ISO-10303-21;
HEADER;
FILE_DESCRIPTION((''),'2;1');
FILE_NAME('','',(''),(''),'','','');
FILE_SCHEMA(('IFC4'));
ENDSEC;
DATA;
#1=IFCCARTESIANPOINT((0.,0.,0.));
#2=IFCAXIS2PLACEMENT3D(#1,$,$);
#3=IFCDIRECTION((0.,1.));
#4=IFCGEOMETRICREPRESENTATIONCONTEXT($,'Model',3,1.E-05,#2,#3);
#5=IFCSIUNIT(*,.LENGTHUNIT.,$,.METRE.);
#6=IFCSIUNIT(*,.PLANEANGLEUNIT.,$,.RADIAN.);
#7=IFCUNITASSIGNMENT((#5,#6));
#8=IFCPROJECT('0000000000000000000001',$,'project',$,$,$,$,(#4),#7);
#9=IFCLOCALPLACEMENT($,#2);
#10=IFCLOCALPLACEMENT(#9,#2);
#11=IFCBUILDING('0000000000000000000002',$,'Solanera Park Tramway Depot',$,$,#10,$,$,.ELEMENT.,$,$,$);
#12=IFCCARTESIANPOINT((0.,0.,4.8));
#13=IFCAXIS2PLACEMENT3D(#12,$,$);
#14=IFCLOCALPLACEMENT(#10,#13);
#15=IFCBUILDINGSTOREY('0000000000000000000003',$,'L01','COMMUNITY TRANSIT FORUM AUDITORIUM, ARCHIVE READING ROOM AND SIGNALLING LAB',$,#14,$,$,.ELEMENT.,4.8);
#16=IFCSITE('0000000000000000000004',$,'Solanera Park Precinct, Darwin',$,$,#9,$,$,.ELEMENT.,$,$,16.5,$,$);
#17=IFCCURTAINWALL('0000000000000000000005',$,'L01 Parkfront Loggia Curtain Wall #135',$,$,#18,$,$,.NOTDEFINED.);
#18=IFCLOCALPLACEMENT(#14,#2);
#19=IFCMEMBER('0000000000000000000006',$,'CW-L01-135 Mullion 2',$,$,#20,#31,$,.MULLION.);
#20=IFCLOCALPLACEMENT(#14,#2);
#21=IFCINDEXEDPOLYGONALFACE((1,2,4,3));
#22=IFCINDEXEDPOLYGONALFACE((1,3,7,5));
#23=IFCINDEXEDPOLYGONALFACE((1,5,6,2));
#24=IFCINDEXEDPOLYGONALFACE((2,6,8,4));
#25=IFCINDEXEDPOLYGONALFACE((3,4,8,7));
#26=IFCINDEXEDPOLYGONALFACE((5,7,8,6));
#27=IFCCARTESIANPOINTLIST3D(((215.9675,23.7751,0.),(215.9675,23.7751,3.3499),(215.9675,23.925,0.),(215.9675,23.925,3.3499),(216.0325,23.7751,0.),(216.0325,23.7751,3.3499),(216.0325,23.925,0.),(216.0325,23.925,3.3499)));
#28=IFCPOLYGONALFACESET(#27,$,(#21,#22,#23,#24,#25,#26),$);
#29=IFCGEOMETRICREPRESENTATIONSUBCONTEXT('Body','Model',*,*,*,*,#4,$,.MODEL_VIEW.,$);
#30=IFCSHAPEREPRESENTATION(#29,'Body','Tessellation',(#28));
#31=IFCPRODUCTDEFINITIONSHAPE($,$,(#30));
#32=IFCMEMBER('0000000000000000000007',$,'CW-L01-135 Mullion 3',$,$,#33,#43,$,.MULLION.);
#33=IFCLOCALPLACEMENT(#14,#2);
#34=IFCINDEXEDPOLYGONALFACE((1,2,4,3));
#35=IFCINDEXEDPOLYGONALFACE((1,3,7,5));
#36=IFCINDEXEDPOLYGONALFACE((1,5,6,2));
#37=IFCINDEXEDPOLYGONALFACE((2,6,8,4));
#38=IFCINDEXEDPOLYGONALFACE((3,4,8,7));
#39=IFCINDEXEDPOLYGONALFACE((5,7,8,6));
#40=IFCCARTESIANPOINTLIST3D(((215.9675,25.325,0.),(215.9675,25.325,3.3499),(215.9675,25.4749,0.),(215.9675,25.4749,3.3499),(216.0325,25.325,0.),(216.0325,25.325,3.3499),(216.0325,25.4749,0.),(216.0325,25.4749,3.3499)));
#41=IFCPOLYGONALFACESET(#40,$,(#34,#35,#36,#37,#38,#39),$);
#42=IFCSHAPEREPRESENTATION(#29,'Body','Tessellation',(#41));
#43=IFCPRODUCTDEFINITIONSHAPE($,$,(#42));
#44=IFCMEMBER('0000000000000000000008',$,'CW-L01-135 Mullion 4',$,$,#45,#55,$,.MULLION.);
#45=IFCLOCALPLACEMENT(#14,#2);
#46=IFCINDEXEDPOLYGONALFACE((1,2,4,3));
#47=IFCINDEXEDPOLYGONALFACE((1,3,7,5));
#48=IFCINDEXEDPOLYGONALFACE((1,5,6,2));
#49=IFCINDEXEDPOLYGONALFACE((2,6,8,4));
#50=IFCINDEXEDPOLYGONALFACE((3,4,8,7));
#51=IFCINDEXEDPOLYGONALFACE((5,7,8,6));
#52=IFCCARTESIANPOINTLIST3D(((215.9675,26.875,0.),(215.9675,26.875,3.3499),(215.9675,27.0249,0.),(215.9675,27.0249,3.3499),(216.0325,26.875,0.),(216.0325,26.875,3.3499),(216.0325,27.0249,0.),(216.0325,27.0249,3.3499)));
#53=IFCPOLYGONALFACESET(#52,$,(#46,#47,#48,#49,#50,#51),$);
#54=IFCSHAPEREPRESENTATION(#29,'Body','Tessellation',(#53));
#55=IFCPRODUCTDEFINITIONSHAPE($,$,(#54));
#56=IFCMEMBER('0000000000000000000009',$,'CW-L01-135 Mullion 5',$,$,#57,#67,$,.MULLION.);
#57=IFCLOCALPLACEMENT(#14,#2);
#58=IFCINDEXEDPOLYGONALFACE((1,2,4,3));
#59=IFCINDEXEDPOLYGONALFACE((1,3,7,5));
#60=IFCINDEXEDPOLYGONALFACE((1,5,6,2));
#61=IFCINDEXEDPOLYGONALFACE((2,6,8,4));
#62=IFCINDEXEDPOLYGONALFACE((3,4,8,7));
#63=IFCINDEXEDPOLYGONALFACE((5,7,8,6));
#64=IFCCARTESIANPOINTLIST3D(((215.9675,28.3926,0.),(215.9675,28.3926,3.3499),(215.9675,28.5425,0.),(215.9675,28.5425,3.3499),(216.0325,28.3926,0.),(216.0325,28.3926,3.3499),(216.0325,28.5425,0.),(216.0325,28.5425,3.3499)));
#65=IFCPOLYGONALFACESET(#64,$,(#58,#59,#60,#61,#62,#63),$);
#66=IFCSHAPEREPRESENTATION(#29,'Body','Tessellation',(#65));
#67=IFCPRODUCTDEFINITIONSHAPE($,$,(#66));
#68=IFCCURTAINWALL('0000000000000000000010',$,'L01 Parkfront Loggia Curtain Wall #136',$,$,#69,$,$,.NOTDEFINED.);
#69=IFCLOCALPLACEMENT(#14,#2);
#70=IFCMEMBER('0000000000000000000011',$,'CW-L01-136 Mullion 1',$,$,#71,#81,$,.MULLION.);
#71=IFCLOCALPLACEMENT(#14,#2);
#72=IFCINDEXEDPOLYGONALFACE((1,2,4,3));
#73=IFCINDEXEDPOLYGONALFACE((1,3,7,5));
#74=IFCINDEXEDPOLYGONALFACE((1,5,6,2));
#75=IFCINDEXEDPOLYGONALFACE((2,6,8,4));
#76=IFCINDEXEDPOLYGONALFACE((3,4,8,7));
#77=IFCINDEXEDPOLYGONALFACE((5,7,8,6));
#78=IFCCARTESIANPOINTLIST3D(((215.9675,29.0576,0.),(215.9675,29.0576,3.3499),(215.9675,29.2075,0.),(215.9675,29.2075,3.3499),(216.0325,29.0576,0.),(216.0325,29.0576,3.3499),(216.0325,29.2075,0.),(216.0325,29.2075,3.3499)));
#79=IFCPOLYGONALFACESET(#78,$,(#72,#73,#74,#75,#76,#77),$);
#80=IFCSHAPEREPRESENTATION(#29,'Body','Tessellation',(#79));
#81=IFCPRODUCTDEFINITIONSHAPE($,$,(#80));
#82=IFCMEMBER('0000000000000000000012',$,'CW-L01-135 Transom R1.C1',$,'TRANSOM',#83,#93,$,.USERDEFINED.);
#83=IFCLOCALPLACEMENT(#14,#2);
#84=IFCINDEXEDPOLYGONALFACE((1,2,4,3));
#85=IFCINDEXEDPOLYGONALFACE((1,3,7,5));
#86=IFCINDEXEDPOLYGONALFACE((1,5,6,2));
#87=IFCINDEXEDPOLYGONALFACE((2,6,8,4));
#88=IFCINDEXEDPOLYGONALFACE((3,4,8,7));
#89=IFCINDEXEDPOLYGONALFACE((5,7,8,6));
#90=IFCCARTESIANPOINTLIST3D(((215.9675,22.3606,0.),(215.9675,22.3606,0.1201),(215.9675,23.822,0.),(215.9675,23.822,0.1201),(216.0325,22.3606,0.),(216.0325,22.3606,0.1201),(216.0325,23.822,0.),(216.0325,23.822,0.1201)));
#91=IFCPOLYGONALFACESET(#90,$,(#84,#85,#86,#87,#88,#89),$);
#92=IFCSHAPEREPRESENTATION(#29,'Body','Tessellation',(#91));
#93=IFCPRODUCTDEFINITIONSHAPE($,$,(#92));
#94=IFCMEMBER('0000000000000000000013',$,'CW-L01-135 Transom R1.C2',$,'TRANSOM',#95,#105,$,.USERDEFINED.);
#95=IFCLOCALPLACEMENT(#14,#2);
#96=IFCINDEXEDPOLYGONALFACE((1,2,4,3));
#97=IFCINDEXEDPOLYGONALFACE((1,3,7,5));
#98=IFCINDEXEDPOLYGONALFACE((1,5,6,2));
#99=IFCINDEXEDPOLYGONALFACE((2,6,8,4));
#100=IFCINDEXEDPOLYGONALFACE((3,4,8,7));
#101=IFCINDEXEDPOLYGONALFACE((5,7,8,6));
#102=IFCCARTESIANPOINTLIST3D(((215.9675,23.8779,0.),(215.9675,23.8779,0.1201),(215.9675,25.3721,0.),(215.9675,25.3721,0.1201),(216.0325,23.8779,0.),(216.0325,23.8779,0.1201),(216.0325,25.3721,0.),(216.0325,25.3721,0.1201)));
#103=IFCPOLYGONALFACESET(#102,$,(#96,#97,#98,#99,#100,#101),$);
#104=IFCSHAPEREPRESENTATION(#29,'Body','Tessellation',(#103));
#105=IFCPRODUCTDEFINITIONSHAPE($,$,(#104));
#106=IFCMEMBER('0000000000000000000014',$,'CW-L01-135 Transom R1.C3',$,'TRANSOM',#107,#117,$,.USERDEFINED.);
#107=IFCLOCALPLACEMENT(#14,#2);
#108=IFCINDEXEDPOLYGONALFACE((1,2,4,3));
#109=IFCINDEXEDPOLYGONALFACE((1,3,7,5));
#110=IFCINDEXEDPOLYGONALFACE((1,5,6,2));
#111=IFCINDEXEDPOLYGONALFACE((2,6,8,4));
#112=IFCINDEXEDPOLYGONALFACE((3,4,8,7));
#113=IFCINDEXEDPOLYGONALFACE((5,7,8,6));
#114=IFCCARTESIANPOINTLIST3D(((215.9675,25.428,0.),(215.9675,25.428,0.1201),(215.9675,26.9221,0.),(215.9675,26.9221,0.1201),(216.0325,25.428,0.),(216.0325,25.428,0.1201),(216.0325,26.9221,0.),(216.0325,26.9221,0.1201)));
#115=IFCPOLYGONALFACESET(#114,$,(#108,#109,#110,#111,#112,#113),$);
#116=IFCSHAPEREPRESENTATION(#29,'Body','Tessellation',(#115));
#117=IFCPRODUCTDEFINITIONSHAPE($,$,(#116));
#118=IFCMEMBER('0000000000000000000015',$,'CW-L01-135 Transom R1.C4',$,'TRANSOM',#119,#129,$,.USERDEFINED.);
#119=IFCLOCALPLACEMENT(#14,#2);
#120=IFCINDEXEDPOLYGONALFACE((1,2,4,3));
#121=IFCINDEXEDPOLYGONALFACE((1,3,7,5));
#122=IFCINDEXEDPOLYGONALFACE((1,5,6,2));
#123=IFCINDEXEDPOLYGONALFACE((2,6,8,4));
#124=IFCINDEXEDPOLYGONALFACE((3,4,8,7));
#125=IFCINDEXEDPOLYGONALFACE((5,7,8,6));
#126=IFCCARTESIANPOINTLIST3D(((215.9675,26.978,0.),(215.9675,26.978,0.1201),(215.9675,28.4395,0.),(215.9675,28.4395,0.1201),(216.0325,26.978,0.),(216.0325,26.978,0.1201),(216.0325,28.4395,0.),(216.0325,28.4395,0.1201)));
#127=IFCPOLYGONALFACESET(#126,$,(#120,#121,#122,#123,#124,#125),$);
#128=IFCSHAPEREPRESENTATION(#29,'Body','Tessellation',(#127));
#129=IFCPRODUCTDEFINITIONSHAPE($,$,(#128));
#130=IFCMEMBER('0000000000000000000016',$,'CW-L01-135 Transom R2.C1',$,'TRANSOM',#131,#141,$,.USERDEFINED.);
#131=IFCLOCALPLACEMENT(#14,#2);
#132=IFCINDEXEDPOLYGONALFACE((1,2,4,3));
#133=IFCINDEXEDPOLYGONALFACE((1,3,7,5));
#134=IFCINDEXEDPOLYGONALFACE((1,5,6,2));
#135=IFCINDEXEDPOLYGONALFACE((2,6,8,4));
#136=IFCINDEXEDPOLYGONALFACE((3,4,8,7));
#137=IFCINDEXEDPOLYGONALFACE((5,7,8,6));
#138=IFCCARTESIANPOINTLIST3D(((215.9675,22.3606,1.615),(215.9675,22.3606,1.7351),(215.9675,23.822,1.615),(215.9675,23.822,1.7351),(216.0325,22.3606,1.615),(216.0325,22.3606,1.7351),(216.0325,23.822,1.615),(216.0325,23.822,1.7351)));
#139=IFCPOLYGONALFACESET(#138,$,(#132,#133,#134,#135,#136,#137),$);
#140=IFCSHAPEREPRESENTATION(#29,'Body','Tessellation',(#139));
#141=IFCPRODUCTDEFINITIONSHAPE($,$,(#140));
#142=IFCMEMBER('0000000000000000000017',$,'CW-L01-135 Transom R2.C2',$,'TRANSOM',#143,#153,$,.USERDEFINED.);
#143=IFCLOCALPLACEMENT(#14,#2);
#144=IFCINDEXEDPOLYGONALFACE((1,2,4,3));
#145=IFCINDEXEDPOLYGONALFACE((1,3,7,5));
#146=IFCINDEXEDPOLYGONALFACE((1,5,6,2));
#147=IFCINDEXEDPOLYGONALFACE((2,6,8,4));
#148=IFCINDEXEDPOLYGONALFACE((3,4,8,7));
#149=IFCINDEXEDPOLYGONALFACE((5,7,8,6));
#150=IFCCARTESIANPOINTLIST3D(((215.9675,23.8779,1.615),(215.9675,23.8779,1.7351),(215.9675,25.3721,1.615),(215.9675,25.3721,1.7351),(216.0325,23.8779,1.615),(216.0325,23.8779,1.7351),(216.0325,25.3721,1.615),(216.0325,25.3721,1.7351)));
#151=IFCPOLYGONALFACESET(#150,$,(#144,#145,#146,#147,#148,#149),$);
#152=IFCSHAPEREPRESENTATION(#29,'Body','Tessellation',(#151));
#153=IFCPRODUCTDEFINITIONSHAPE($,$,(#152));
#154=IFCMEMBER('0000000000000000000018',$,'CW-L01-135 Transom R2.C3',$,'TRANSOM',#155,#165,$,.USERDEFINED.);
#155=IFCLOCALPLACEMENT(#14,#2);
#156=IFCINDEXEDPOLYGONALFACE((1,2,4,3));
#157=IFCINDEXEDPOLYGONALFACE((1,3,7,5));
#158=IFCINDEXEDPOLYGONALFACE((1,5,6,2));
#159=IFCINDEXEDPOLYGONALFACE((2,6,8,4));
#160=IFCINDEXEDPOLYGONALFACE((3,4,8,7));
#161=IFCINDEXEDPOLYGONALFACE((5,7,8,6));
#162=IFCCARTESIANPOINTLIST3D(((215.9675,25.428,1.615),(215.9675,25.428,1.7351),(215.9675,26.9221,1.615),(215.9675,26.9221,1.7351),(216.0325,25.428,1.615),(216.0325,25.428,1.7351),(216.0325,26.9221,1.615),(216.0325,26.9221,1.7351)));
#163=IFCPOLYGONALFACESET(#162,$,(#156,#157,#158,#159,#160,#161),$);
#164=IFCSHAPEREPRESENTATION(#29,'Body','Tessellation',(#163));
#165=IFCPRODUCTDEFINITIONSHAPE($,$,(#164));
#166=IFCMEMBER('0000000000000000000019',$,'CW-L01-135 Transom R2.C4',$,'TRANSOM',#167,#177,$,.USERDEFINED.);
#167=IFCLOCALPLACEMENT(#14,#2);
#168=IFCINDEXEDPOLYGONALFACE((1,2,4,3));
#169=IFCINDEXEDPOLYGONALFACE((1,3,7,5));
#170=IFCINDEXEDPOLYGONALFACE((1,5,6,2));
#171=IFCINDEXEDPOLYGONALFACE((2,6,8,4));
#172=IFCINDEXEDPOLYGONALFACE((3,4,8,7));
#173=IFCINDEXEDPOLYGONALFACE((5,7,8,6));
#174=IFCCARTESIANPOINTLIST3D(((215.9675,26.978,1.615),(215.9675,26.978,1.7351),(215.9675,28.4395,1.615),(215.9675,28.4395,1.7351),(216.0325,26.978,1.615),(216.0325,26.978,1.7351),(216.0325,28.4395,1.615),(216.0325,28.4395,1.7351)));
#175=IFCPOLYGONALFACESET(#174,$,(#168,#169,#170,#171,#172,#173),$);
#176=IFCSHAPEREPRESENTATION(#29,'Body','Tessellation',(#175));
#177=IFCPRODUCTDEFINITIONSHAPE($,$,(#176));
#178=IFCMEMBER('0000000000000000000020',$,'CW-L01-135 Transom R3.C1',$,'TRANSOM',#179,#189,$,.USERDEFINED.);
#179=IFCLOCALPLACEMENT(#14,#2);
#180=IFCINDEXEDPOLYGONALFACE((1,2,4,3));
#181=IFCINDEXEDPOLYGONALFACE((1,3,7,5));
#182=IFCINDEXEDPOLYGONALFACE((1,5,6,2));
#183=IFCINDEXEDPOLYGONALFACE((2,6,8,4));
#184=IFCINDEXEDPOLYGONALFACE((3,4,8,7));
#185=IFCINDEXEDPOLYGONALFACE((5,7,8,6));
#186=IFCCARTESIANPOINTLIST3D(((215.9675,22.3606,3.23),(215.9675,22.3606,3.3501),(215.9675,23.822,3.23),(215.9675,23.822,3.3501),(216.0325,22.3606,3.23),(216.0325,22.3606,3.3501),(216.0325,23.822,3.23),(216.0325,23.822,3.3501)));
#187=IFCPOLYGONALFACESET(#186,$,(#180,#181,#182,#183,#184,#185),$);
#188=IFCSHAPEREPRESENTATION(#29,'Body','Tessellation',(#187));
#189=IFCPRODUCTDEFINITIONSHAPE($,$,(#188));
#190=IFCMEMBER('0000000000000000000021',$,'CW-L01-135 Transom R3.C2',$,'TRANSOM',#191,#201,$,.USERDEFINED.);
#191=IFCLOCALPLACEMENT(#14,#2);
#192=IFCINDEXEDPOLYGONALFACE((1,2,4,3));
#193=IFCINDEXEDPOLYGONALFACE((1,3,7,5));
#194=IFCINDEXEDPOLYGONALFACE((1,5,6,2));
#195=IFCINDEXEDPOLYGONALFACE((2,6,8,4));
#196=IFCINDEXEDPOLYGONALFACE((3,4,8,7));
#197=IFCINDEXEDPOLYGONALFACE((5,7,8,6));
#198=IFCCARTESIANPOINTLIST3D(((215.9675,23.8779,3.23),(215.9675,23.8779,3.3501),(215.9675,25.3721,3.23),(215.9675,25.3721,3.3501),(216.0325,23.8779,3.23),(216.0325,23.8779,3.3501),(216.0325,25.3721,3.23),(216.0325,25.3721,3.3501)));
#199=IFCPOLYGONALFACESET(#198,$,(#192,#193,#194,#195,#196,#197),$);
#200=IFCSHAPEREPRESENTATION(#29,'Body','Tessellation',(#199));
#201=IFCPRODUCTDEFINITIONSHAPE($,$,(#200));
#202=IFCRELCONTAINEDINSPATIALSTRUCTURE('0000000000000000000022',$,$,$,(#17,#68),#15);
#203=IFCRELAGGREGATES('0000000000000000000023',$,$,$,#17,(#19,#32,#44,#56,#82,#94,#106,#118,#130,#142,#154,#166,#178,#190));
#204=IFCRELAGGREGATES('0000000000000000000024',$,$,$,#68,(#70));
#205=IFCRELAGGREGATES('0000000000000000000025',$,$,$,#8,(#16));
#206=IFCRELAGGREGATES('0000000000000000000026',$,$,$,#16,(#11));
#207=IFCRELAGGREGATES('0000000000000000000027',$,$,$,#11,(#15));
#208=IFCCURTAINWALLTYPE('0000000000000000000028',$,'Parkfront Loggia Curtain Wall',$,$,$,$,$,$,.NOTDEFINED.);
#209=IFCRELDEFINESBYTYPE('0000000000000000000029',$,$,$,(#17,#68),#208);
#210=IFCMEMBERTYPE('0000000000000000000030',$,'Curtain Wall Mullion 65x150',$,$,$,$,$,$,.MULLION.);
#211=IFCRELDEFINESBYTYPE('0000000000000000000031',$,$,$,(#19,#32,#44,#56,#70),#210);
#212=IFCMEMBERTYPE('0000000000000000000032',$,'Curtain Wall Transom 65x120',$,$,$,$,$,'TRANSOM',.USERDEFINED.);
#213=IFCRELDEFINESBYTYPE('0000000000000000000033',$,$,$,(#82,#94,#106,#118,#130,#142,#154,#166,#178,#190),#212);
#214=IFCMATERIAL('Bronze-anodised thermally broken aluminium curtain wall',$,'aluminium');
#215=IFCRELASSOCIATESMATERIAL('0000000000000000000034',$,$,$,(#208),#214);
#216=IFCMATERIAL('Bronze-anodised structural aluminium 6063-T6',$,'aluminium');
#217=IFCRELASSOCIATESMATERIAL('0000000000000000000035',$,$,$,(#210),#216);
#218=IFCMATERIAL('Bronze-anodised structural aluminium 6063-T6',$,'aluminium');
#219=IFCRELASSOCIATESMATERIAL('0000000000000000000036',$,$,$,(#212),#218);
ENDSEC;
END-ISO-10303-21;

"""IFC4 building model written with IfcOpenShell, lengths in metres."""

from ifc_helpers import new_model, si_unit, direction, frame, origin, origin_2d, place, context, subcontext, project, spatial, rectangle, extrude, material, material_profile, profile_set, type_object, element, aggregate, save


model = new_model("IFC4")

# Units and contexts
model_context = context("Model", 3, precision=1e-05, world=origin(), true_north=direction((0.0, 1.0)))
body_context = subcontext(model_context, "Body", "Model", "MODEL_VIEW")
ifc_project = project(units=[si_unit("LENGTHUNIT", "METRE"), si_unit("PLANEANGLEUNIT", "RADIAN")], contexts=[model_context])

# Site, building, storey
site_placement = place(None, origin())
site = spatial("IfcSite", under=ifc_project, at=site_placement, Name="Solanera Park Precinct, Darwin", CompositionType="ELEMENT", RefElevation=16.5)
building_placement = place(site_placement, origin())
building = spatial("IfcBuilding", under=site, at=building_placement, Name="Solanera Park Tramway Depot", CompositionType="ELEMENT")
storey_placement = place(building_placement, frame((0.0, 0.0, 4.8)))
storey = spatial("IfcBuildingStorey", under=building, at=storey_placement, Name="L01", Description="COMMUNITY TRANSIT FORUM AUDITORIUM, ARCHIVE READING ROOM AND SIGNALLING LAB", CompositionType="ELEMENT", Elevation=4.8)

# Curtain wall, members
ifc_material_1 = material(Name="Bronze-anodised thermally broken aluminium curtain wall", Category="aluminium")
curtain_wall_type = type_object("IfcCurtainWallType", Name="Parkfront Loggia Curtain Wall", PredefinedType="NOTDEFINED", material=ifc_material_1)
curtain_wall_1_placement = place(storey_placement, origin())
curtain_wall_1 = element("IfcCurtainWall", 1, at=curtain_wall_1_placement, inside=storey, type_object=curtain_wall_type, Name="L01 Parkfront Loggia Curtain Wall #135", PredefinedType="NOTDEFINED")
ifc_material_2 = material(Name="Bronze-anodised structural aluminium 6063-T6", Category="aluminium")
ifc_material_profile_1 = material_profile(ifc_material_2, rectangle(XDim=0.0649, YDim=0.1499, at=origin_2d()), Name="Curtain Wall Mullion 65x150")
ifc_profile_set_1 = profile_set([ifc_material_profile_1], Name="Bronze-anodised structural aluminium 6063-T6")
member_type_1 = type_object("IfcMemberType", Name="Curtain Wall Mullion 65x150", PredefinedType="MULLION", material=ifc_profile_set_1)
member_1_placement = place(storey_placement, frame((216.0, 23.8501, 0.0), z_axis=(0.0, 0.0, 1.0), x_axis=(1.0, 0.0, 0.0)))
member_1 = element("IfcMember", 2, at=member_1_placement, type_object=member_type_1, Name="CW-L01-135 Mullion 2", PredefinedType="MULLION", context=body_context, shape_type="SweptSolid", body=[
    extrude(rectangle(XDim=0.0649, YDim=0.1499, at=origin_2d()), origin(), (0.0, 0.0, 1.0), 3.3499),
])
member_2_placement = place(storey_placement, frame((216.0, 25.3999, 0.0), z_axis=(0.0, 0.0, 1.0), x_axis=(1.0, 0.0, 0.0)))
member_2 = element("IfcMember", 3, at=member_2_placement, type_object=member_type_1, Name="CW-L01-135 Mullion 3", PredefinedType="MULLION", context=body_context, shape_type="SweptSolid", body=[
    extrude(rectangle(XDim=0.0649, YDim=0.1499, at=origin_2d()), origin(), (0.0, 0.0, 1.0), 3.3499),
])
member_3_placement = place(storey_placement, frame((216.0, 26.95, 0.0), z_axis=(0.0, 0.0, 1.0), x_axis=(1.0, 0.0, 0.0)))
member_3 = element("IfcMember", 4, at=member_3_placement, type_object=member_type_1, Name="CW-L01-135 Mullion 4", PredefinedType="MULLION", context=body_context, shape_type="SweptSolid", body=[
    extrude(rectangle(XDim=0.0649, YDim=0.1499, at=origin_2d()), origin(), (0.0, 0.0, 1.0), 3.3499),
])
member_4_placement = place(storey_placement, frame((216.0, 28.4675, 0.0), z_axis=(0.0, 0.0, 1.0), x_axis=(1.0, 0.0, 0.0)))
member_4 = element("IfcMember", 5, at=member_4_placement, type_object=member_type_1, Name="CW-L01-135 Mullion 5", PredefinedType="MULLION", context=body_context, shape_type="SweptSolid", body=[
    extrude(rectangle(XDim=0.0649, YDim=0.1499, at=origin_2d()), origin(), (0.0, 0.0, 1.0), 3.3499),
])

# Curtain wall, member
curtain_wall_2_placement = place(storey_placement, origin())
curtain_wall_2 = element("IfcCurtainWall", 6, at=curtain_wall_2_placement, inside=storey, type_object=curtain_wall_type, Name="L01 Parkfront Loggia Curtain Wall #136", PredefinedType="NOTDEFINED")
member_5_placement = place(storey_placement, frame((216.0, 29.1326, 0.0), z_axis=(0.0, 0.0, 1.0), x_axis=(1.0, 0.0, 0.0)))
member_5 = element("IfcMember", 7, at=member_5_placement, type_object=member_type_1, Name="CW-L01-136 Mullion 1", PredefinedType="MULLION", context=body_context, shape_type="SweptSolid", body=[
    extrude(rectangle(XDim=0.0649, YDim=0.1499, at=origin_2d()), origin(), (0.0, 0.0, 1.0), 3.3499),
])

# Members
ifc_material_3 = material(Name="Bronze-anodised structural aluminium 6063-T6", Category="aluminium")
ifc_material_profile_2 = material_profile(ifc_material_3, rectangle(XDim=0.0649, YDim=0.1201, at=origin_2d()), Name="Curtain Wall Transom 65x120")
ifc_profile_set_2 = profile_set([ifc_material_profile_2], Name="Bronze-anodised structural aluminium 6063-T6")
member_type_2 = type_object("IfcMemberType", Name="Curtain Wall Transom 65x120", ElementType="TRANSOM", PredefinedType="USERDEFINED", material=ifc_profile_set_2)
member_6_placement = place(storey_placement, frame((216.0, 22.3606, 0.0601), z_axis=(0.0, 1.0, 0.0), x_axis=(-1.0, 0.0, 0.0)))
member_6 = element("IfcMember", 8, at=member_6_placement, type_object=member_type_2, Name="CW-L01-135 Transom R1.C1", ObjectType="TRANSOM", PredefinedType="USERDEFINED", context=body_context, shape_type="SweptSolid", body=[
    extrude(rectangle(XDim=0.0649, YDim=0.1201, at=origin_2d()), origin(), (0.0, 0.0, 1.0), 1.4614),
])
member_7_placement = place(storey_placement, frame((216.0, 23.8779, 0.0601), z_axis=(0.0, 1.0, 0.0), x_axis=(-1.0, 0.0, 0.0)))
member_7 = element("IfcMember", 9, at=member_7_placement, type_object=member_type_2, Name="CW-L01-135 Transom R1.C2", ObjectType="TRANSOM", PredefinedType="USERDEFINED", context=body_context, shape_type="SweptSolid", body=[
    extrude(rectangle(XDim=0.0649, YDim=0.1201, at=origin_2d()), origin(), (0.0, 0.0, 1.0), 1.4941),
])
member_8_placement = place(storey_placement, frame((216.0, 25.428, 0.0601), z_axis=(0.0, 1.0, 0.0), x_axis=(-1.0, 0.0, 0.0)))
member_8 = element("IfcMember", 10, at=member_8_placement, type_object=member_type_2, Name="CW-L01-135 Transom R1.C3", ObjectType="TRANSOM", PredefinedType="USERDEFINED", context=body_context, shape_type="SweptSolid", body=[
    extrude(rectangle(XDim=0.0649, YDim=0.1201, at=origin_2d()), origin(), (0.0, 0.0, 1.0), 1.4941),
])
member_9_placement = place(storey_placement, frame((216.0, 26.978, 0.0601), z_axis=(0.0, 1.0, 0.0), x_axis=(-1.0, 0.0, 0.0)))
member_9 = element("IfcMember", 11, at=member_9_placement, type_object=member_type_2, Name="CW-L01-135 Transom R1.C4", ObjectType="TRANSOM", PredefinedType="USERDEFINED", context=body_context, shape_type="SweptSolid", body=[
    extrude(rectangle(XDim=0.0649, YDim=0.1201, at=origin_2d()), origin(), (0.0, 0.0, 1.0), 1.4614),
])
member_10_placement = place(storey_placement, frame((216.0, 22.3606, 1.675), z_axis=(0.0, 1.0, 0.0), x_axis=(-1.0, 0.0, 0.0)))
member_10 = element("IfcMember", 12, at=member_10_placement, type_object=member_type_2, Name="CW-L01-135 Transom R2.C1", ObjectType="TRANSOM", PredefinedType="USERDEFINED", context=body_context, shape_type="SweptSolid", body=[
    extrude(rectangle(XDim=0.0649, YDim=0.1201, at=origin_2d()), origin(), (0.0, 0.0, 1.0), 1.4614),
])
member_11_placement = place(storey_placement, frame((216.0, 23.8779, 1.675), z_axis=(0.0, 1.0, 0.0), x_axis=(-1.0, 0.0, 0.0)))
member_11 = element("IfcMember", 13, at=member_11_placement, type_object=member_type_2, Name="CW-L01-135 Transom R2.C2", ObjectType="TRANSOM", PredefinedType="USERDEFINED", context=body_context, shape_type="SweptSolid", body=[
    extrude(rectangle(XDim=0.0649, YDim=0.1201, at=origin_2d()), origin(), (0.0, 0.0, 1.0), 1.4941),
])
member_12_placement = place(storey_placement, frame((216.0, 25.428, 1.675), z_axis=(0.0, 1.0, 0.0), x_axis=(-1.0, 0.0, 0.0)))
member_12 = element("IfcMember", 14, at=member_12_placement, type_object=member_type_2, Name="CW-L01-135 Transom R2.C3", ObjectType="TRANSOM", PredefinedType="USERDEFINED", context=body_context, shape_type="SweptSolid", body=[
    extrude(rectangle(XDim=0.0649, YDim=0.1201, at=origin_2d()), origin(), (0.0, 0.0, 1.0), 1.4941),
])
member_13_placement = place(storey_placement, frame((216.0, 26.978, 1.675), z_axis=(0.0, 1.0, 0.0), x_axis=(-1.0, 0.0, 0.0)))
member_13 = element("IfcMember", 15, at=member_13_placement, type_object=member_type_2, Name="CW-L01-135 Transom R2.C4", ObjectType="TRANSOM", PredefinedType="USERDEFINED", context=body_context, shape_type="SweptSolid", body=[
    extrude(rectangle(XDim=0.0649, YDim=0.1201, at=origin_2d()), origin(), (0.0, 0.0, 1.0), 1.4614),
])
member_14_placement = place(storey_placement, frame((216.0, 22.3606, 3.29), z_axis=(0.0, 1.0, 0.0), x_axis=(-1.0, 0.0, 0.0)))
member_14 = element("IfcMember", 16, at=member_14_placement, type_object=member_type_2, Name="CW-L01-135 Transom R3.C1", ObjectType="TRANSOM", PredefinedType="USERDEFINED", context=body_context, shape_type="SweptSolid", body=[
    extrude(rectangle(XDim=0.0649, YDim=0.1201, at=origin_2d()), origin(), (0.0, 0.0, 1.0), 1.4614),
])
member_15_placement = place(storey_placement, frame((216.0, 23.8779, 3.29), z_axis=(0.0, 1.0, 0.0), x_axis=(-1.0, 0.0, 0.0)))
member_15 = element("IfcMember", 17, at=member_15_placement, type_object=member_type_2, Name="CW-L01-135 Transom R3.C2", ObjectType="TRANSOM", PredefinedType="USERDEFINED", context=body_context, shape_type="SweptSolid", body=[
    extrude(rectangle(XDim=0.0649, YDim=0.1201, at=origin_2d()), origin(), (0.0, 0.0, 1.0), 1.4941),
])

aggregate(curtain_wall_1, [member_1, member_2, member_3, member_4, member_6, member_7, member_8, member_9, member_10, member_11, member_12, member_13, member_14, member_15])
aggregate(curtain_wall_2, [member_5])

save(model, "model.ifc")
